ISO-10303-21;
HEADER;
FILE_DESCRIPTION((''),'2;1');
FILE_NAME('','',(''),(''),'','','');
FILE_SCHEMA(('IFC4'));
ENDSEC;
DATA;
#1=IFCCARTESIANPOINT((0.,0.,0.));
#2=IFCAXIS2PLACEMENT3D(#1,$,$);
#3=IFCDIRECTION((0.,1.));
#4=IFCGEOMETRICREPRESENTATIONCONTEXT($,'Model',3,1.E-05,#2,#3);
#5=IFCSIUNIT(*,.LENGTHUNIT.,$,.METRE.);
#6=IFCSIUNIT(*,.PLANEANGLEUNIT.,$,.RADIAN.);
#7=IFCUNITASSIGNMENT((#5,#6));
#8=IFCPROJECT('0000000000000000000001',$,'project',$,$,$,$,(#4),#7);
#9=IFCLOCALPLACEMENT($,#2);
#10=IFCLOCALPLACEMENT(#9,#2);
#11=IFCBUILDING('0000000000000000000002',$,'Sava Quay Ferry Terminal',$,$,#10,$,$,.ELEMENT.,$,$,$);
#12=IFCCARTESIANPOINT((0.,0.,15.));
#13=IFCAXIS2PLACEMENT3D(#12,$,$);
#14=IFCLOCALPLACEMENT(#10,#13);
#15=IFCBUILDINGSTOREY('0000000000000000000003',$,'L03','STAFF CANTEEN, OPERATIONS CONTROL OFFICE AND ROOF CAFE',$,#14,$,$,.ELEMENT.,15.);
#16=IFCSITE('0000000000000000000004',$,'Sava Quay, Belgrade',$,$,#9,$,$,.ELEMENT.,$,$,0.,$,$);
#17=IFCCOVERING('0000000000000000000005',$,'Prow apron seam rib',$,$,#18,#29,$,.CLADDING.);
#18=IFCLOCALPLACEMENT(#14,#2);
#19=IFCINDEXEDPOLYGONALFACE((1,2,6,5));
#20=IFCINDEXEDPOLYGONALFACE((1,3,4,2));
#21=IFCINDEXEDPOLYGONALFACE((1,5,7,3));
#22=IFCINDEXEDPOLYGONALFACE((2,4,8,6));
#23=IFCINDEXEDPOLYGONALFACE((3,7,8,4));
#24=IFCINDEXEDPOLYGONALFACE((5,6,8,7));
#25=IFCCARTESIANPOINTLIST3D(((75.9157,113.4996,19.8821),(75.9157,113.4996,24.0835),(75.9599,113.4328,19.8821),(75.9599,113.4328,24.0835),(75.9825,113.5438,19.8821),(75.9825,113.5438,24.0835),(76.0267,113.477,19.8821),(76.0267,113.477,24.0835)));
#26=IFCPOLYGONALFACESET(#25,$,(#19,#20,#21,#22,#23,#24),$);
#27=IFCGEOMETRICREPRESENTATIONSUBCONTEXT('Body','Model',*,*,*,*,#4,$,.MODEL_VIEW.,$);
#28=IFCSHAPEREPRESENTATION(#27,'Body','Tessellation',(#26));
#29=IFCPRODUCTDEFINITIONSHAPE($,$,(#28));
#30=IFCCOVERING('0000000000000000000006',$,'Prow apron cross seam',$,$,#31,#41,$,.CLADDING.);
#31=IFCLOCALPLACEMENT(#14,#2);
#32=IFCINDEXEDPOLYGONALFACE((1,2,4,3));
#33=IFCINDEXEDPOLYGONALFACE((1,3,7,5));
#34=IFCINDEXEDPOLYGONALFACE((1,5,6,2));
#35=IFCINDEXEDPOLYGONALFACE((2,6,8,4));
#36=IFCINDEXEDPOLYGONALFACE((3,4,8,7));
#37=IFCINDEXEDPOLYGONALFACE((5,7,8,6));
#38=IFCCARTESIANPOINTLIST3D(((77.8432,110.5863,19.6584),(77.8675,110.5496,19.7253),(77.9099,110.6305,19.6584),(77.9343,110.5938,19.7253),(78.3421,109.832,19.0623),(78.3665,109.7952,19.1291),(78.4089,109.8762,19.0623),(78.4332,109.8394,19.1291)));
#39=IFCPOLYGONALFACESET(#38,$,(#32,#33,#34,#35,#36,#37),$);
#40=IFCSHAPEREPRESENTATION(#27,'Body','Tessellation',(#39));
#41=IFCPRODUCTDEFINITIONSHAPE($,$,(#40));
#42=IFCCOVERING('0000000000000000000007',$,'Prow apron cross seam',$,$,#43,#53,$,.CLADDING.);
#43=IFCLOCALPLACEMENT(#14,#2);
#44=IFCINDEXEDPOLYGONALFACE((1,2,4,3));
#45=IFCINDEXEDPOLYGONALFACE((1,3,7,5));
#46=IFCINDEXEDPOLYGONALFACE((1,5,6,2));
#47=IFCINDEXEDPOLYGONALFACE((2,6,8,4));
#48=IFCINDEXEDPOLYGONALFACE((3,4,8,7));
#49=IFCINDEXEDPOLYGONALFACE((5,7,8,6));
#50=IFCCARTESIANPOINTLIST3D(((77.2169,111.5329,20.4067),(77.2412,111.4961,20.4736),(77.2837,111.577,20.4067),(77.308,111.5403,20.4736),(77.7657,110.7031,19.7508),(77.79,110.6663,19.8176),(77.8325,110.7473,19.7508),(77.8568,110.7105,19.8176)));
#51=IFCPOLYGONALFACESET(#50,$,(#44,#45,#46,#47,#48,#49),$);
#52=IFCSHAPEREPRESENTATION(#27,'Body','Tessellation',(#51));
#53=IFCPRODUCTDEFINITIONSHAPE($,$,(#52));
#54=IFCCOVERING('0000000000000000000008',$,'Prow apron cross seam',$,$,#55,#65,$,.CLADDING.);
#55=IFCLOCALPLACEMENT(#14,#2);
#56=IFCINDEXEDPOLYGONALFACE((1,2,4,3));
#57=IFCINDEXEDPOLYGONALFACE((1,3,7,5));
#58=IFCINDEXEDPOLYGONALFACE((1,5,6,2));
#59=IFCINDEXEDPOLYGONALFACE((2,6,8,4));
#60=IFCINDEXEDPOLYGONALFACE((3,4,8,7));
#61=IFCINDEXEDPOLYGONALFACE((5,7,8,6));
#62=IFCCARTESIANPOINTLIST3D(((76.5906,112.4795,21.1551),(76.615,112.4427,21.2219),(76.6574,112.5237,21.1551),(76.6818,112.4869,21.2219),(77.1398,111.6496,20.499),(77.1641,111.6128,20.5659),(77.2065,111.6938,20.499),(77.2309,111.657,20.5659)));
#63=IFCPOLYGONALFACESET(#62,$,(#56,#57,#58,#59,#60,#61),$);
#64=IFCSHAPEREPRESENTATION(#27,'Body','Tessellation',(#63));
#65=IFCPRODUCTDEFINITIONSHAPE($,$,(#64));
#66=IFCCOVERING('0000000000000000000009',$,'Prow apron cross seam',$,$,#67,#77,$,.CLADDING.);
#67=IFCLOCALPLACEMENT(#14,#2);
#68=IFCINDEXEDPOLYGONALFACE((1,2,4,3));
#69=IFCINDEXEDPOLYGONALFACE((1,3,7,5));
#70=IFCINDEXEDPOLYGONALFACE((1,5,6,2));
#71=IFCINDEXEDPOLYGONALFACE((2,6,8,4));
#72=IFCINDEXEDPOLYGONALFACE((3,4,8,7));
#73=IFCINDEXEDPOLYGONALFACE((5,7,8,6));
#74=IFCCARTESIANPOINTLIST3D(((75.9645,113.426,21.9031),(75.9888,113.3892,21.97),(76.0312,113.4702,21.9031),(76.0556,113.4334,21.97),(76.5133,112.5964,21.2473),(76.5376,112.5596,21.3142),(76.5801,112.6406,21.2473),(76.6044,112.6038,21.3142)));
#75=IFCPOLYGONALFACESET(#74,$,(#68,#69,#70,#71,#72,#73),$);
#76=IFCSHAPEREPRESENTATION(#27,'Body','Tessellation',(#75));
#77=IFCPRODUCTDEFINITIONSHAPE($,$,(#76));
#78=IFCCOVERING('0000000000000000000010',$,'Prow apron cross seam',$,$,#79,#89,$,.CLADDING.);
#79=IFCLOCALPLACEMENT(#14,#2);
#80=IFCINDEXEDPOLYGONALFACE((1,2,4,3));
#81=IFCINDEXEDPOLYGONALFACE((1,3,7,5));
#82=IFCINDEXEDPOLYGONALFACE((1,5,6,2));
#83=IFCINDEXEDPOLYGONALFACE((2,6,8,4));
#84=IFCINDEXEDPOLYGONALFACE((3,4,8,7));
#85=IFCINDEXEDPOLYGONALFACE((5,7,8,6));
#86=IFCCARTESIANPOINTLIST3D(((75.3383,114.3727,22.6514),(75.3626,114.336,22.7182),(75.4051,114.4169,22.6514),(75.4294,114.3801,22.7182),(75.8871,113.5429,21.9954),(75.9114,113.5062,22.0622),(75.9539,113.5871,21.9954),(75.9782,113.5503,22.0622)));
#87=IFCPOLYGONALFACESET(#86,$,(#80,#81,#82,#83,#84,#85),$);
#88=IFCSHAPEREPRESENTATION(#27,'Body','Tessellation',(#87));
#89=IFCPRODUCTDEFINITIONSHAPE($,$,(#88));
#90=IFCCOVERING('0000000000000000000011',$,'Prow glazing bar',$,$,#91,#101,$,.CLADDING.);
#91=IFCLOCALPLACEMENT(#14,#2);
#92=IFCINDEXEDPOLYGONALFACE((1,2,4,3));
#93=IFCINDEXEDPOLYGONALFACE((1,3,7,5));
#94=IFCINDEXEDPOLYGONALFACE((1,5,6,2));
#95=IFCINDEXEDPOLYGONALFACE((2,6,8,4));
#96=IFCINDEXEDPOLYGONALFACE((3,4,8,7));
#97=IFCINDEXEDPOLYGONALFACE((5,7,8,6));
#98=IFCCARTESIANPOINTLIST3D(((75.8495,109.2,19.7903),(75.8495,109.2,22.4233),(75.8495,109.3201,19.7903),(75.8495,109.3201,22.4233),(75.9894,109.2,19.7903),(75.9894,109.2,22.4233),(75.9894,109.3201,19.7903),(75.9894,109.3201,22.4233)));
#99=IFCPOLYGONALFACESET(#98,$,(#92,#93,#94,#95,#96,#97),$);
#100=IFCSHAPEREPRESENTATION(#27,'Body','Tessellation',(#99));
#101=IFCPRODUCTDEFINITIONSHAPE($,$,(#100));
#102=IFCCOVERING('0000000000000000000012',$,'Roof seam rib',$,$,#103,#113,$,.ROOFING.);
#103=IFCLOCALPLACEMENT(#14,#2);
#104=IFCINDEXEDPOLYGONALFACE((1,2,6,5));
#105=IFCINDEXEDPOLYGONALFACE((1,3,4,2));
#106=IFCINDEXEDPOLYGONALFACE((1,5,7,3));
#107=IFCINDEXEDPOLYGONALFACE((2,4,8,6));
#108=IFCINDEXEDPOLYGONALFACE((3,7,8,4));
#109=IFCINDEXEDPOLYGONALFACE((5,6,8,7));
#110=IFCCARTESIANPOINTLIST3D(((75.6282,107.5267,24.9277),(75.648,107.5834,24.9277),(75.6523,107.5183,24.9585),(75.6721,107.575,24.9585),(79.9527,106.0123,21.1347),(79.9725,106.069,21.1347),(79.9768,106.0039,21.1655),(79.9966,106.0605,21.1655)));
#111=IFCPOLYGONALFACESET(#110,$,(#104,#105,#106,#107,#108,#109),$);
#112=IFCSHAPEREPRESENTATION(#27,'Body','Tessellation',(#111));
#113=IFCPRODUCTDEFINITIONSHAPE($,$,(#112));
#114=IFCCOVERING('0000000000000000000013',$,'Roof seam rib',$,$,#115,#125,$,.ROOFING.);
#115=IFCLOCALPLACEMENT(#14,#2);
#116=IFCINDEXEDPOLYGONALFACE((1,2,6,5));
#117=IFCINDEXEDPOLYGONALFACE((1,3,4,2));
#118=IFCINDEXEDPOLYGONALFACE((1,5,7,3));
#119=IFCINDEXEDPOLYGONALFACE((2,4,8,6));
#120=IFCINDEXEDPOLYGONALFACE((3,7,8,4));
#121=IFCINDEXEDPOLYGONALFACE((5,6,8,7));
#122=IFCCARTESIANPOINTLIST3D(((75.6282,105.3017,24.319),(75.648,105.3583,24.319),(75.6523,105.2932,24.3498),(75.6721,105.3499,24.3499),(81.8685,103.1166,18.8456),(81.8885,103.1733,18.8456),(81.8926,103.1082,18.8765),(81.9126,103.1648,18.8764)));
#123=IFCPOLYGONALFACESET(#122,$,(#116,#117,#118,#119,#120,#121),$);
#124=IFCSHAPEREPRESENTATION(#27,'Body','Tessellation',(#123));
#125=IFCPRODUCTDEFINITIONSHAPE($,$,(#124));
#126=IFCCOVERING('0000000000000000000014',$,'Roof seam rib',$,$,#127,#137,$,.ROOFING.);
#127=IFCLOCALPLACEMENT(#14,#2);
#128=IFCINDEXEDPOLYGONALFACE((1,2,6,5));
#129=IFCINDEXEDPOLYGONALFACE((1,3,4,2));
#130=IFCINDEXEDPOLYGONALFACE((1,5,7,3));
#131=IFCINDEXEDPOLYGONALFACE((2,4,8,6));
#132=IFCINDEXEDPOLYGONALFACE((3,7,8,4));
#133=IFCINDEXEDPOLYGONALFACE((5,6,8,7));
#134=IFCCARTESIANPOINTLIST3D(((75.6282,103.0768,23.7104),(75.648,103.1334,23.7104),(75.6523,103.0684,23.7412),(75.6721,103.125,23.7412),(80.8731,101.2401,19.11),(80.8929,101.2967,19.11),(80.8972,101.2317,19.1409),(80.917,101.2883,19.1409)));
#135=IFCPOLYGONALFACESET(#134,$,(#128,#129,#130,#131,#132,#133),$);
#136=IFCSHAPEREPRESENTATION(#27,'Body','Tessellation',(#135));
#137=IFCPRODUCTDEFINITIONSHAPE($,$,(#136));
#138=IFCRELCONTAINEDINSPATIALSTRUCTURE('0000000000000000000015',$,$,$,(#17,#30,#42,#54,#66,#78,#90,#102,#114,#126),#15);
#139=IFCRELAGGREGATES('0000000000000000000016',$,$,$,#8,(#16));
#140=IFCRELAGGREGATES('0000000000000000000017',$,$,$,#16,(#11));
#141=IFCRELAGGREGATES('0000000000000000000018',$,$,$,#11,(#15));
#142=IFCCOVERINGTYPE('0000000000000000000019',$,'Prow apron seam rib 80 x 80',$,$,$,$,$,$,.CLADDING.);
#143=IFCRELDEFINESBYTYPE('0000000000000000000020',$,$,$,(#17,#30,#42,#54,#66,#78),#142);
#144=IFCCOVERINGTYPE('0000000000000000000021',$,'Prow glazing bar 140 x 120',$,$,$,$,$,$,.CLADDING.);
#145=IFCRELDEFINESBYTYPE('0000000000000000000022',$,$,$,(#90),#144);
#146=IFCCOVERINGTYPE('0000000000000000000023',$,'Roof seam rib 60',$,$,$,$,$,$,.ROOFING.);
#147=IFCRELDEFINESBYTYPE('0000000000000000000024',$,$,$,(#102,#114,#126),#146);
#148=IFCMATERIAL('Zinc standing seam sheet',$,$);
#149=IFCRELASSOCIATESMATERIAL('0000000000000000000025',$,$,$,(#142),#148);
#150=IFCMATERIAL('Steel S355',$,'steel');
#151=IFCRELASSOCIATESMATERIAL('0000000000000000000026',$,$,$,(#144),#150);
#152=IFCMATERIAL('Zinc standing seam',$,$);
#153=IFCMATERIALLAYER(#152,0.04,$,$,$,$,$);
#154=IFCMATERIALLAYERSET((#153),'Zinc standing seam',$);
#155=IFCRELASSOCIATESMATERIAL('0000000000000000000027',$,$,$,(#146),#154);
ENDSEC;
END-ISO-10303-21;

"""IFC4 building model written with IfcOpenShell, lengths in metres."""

from ifc_helpers import new_model, si_unit, direction, frame, origin, origin_2d, place, context, subcontext, project, spatial, polyline, rectangle, outline, extrude, material, layer, layer_set, material_profile, profile_set, type_object, element, save


model = new_model("IFC4")

# Units and contexts
model_context = context("Model", 3, precision=1e-05, world=origin(), true_north=direction((0.0, 1.0)))
body_context = subcontext(model_context, "Body", "Model", "MODEL_VIEW")
ifc_project = project(units=[si_unit("LENGTHUNIT", "METRE"), si_unit("PLANEANGLEUNIT", "RADIAN")], contexts=[model_context])

# Site, building, storey
site_placement = place(None, origin())
site = spatial("IfcSite", under=ifc_project, at=site_placement, Name="Sava Quay, Belgrade", CompositionType="ELEMENT", RefElevation=0.0)
building_placement = place(site_placement, origin())
building = spatial("IfcBuilding", under=site, at=building_placement, Name="Sava Quay Ferry Terminal", CompositionType="ELEMENT")
storey_placement = place(building_placement, frame((0.0, 0.0, 15.0)))
storey = spatial("IfcBuildingStorey", under=building, at=storey_placement, Name="L03", Description="STAFF CANTEEN, OPERATIONS CONTROL OFFICE AND ROOF CAFE", CompositionType="ELEMENT", Elevation=15.0)

# Coverings
ifc_material_1 = material(Name="Zinc standing seam sheet")
ifc_material_profile_1 = material_profile(ifc_material_1, rectangle(XDim=0.0801, YDim=0.0801, at=origin_2d()), Name="Strip 80 x 80")
ifc_profile_set_1 = profile_set([ifc_material_profile_1], Name="Zinc standing seam sheet")
covering_type_1 = type_object("IfcCoveringType", Name="Prow apron seam rib 80 x 80", PredefinedType="CLADDING", material=ifc_profile_set_1)
for number, where, z_axis, x_axis, name in (
    (1, (75.9712, 113.4883, 19.8821), (0.0, 0.0, 1.0), (0.551747, -0.834012, 0.0), "Prow apron seam rib"),
):
    element("IfcCovering", number, at=place(storey_placement, frame(where, z_axis=z_axis, x_axis=x_axis)), inside=storey, type_object=covering_type_1, Name=name, PredefinedType="CLADDING", context=body_context, shape_type="SweptSolid", body=[
        extrude(rectangle(XDim=0.0801, YDim=0.0801, at=origin_2d()), origin(), (0.0, 0.0, 1.0), 4.2014),
    ])
covering_1_placement = place(storey_placement, frame((78.3877, 109.8357, 19.0957), z_axis=(-0.460643, 0.696374, 0.550338), x_axis=(0.303625, -0.459003, 0.834942)))
element("IfcCovering", 2, at=covering_1_placement, inside=storey, type_object=covering_type_1, Name="Prow apron cross seam", PredefinedType="CLADDING", context=body_context, shape_type="SweptSolid", body=[
    extrude(rectangle(XDim=0.0801, YDim=0.0801, at=origin_2d()), origin(), (0.0, 0.0, 1.0), 1.0833),
])
covering_2_placement = place(storey_placement, frame((77.8113, 110.7068, 19.7842), z_axis=(-0.460537, 0.696337, 0.550473), x_axis=(0.303662, -0.45914, 0.834853)))
element("IfcCovering", 3, at=covering_2_placement, inside=storey, type_object=covering_type_1, Name="Prow apron cross seam", PredefinedType="CLADDING", context=body_context, shape_type="SweptSolid", body=[
    extrude(rectangle(XDim=0.0801, YDim=0.0801, at=origin_2d()), origin(), (0.0, 0.0, 1.0), 1.1917),
])
covering_3_placement = place(storey_placement, frame((77.1853, 111.6533, 20.5325), z_axis=(-0.460698, 0.696271, 0.550421), x_axis=(0.303727, -0.459035, 0.834887)))
element("IfcCovering", 4, at=covering_3_placement, inside=storey, type_object=covering_type_1, Name="Prow apron cross seam", PredefinedType="CLADDING", context=body_context, shape_type="SweptSolid", body=[
    extrude(rectangle(XDim=0.0801, YDim=0.0801, at=origin_2d()), origin(), (0.0, 0.0, 1.0), 1.1919),
])
covering_4_placement = place(storey_placement, frame((76.5588, 112.6001, 21.2808), z_axis=(-0.460655, 0.69631, 0.550409), x_axis=(0.303689, -0.459046, 0.834895)))
element("IfcCovering", 5, at=covering_4_placement, inside=storey, type_object=covering_type_1, Name="Prow apron cross seam", PredefinedType="CLADDING", context=body_context, shape_type="SweptSolid", body=[
    extrude(rectangle(XDim=0.0801, YDim=0.0801, at=origin_2d()), origin(), (0.0, 0.0, 1.0), 1.1914),
])
covering_5_placement = place(storey_placement, frame((75.9326, 113.5466, 22.0288), z_axis=(-0.460537, 0.696337, 0.550473), x_axis=(0.303662, -0.45914, 0.834853)))
element("IfcCovering", 6, at=covering_5_placement, inside=storey, type_object=covering_type_1, Name="Prow apron cross seam", PredefinedType="CLADDING", context=body_context, shape_type="SweptSolid", body=[
    extrude(rectangle(XDim=0.0801, YDim=0.0801, at=origin_2d()), origin(), (0.0, 0.0, 1.0), 1.1917),
])
ifc_material_2 = material(Name="Steel S355", Category="steel")
ifc_material_profile_2 = material_profile(ifc_material_2, rectangle(XDim=0.1399, YDim=0.1201, at=origin_2d()), Name="Strip 140 x 120")
ifc_profile_set_2 = profile_set([ifc_material_profile_2], Name="Steel S355")
covering_type_2 = type_object("IfcCoveringType", Name="Prow glazing bar 140 x 120", PredefinedType="CLADDING", material=ifc_profile_set_2)
covering_6_placement = place(storey_placement, frame((75.9194, 109.26, 19.7903), z_axis=(0.0, 0.0, 1.0), x_axis=(1.0, 0.0, 0.0)))
element("IfcCovering", 7, at=covering_6_placement, inside=storey, type_object=covering_type_2, Name="Prow glazing bar", PredefinedType="CLADDING", context=body_context, shape_type="SweptSolid", body=[
    extrude(rectangle(XDim=0.1399, YDim=0.1201, at=origin_2d()), origin(), (0.0, 0.0, 1.0), 2.6331),
])
ifc_material_3 = material(Name="Zinc standing seam")
ifc_layer = layer(ifc_material_3, 0.04)
ifc_layer_set = layer_set([ifc_layer], Name="Zinc standing seam")
covering_type_3 = type_object("IfcCoveringType", Name="Roof seam rib 60", PredefinedType="ROOFING", material=ifc_layer_set)
covering_7_placement = place(storey_placement, frame((79.9768, 106.0039, 21.1655), z_axis=(0.602029, -0.210191, 0.770312), x_axis=(-0.727021, 0.254599, 0.637667)))
element("IfcCovering", 8, at=covering_7_placement, inside=storey, type_object=covering_type_3, Name="Roof seam rib", PredefinedType="ROOFING", context=body_context, shape_type="SweptSolid", body=[
    extrude(outline(polyline([(0.0, 0.0), (5.9482, 0.0), (5.9482, -0.06), (0.0, -0.06), (0.0, 0.0)])), origin(), (0.0, 0.0, -1.0), 0.04),
])
covering_8_placement = place(storey_placement, frame((81.8926, 103.1082, 18.8765), z_axis=(0.60163, -0.211348, 0.770307), x_axis=(-0.727026, 0.254573, 0.637672)))
element("IfcCovering", 9, at=covering_8_placement, inside=storey, type_object=covering_type_3, Name="Roof seam rib", PredefinedType="ROOFING", context=body_context, shape_type="SweptSolid", body=[
    extrude(outline(polyline([(0.0, 0.0), (8.5833, 0.0), (8.5833, -0.06), (-0.0001, -0.0601), (0.0, 0.0)])), origin(), (0.0, 0.0, -1.0), 0.04),
])
covering_9_placement = place(storey_placement, frame((80.8972, 101.2317, 19.1409), z_axis=(0.602037, -0.210194, 0.770305), x_axis=(-0.727017, 0.25459, 0.637676)))
element("IfcCovering", 10, at=covering_9_placement, inside=storey, type_object=covering_type_3, Name="Roof seam rib", PredefinedType="ROOFING", context=body_context, shape_type="SweptSolid", body=[
    extrude(outline(polyline([(0.0, 0.0), (7.2142, 0.0), (7.2143, -0.06), (0.0, -0.06), (0.0, 0.0)])), origin(), (0.0, 0.0, -1.0), 0.04),
])

save(model, "model.ifc")
